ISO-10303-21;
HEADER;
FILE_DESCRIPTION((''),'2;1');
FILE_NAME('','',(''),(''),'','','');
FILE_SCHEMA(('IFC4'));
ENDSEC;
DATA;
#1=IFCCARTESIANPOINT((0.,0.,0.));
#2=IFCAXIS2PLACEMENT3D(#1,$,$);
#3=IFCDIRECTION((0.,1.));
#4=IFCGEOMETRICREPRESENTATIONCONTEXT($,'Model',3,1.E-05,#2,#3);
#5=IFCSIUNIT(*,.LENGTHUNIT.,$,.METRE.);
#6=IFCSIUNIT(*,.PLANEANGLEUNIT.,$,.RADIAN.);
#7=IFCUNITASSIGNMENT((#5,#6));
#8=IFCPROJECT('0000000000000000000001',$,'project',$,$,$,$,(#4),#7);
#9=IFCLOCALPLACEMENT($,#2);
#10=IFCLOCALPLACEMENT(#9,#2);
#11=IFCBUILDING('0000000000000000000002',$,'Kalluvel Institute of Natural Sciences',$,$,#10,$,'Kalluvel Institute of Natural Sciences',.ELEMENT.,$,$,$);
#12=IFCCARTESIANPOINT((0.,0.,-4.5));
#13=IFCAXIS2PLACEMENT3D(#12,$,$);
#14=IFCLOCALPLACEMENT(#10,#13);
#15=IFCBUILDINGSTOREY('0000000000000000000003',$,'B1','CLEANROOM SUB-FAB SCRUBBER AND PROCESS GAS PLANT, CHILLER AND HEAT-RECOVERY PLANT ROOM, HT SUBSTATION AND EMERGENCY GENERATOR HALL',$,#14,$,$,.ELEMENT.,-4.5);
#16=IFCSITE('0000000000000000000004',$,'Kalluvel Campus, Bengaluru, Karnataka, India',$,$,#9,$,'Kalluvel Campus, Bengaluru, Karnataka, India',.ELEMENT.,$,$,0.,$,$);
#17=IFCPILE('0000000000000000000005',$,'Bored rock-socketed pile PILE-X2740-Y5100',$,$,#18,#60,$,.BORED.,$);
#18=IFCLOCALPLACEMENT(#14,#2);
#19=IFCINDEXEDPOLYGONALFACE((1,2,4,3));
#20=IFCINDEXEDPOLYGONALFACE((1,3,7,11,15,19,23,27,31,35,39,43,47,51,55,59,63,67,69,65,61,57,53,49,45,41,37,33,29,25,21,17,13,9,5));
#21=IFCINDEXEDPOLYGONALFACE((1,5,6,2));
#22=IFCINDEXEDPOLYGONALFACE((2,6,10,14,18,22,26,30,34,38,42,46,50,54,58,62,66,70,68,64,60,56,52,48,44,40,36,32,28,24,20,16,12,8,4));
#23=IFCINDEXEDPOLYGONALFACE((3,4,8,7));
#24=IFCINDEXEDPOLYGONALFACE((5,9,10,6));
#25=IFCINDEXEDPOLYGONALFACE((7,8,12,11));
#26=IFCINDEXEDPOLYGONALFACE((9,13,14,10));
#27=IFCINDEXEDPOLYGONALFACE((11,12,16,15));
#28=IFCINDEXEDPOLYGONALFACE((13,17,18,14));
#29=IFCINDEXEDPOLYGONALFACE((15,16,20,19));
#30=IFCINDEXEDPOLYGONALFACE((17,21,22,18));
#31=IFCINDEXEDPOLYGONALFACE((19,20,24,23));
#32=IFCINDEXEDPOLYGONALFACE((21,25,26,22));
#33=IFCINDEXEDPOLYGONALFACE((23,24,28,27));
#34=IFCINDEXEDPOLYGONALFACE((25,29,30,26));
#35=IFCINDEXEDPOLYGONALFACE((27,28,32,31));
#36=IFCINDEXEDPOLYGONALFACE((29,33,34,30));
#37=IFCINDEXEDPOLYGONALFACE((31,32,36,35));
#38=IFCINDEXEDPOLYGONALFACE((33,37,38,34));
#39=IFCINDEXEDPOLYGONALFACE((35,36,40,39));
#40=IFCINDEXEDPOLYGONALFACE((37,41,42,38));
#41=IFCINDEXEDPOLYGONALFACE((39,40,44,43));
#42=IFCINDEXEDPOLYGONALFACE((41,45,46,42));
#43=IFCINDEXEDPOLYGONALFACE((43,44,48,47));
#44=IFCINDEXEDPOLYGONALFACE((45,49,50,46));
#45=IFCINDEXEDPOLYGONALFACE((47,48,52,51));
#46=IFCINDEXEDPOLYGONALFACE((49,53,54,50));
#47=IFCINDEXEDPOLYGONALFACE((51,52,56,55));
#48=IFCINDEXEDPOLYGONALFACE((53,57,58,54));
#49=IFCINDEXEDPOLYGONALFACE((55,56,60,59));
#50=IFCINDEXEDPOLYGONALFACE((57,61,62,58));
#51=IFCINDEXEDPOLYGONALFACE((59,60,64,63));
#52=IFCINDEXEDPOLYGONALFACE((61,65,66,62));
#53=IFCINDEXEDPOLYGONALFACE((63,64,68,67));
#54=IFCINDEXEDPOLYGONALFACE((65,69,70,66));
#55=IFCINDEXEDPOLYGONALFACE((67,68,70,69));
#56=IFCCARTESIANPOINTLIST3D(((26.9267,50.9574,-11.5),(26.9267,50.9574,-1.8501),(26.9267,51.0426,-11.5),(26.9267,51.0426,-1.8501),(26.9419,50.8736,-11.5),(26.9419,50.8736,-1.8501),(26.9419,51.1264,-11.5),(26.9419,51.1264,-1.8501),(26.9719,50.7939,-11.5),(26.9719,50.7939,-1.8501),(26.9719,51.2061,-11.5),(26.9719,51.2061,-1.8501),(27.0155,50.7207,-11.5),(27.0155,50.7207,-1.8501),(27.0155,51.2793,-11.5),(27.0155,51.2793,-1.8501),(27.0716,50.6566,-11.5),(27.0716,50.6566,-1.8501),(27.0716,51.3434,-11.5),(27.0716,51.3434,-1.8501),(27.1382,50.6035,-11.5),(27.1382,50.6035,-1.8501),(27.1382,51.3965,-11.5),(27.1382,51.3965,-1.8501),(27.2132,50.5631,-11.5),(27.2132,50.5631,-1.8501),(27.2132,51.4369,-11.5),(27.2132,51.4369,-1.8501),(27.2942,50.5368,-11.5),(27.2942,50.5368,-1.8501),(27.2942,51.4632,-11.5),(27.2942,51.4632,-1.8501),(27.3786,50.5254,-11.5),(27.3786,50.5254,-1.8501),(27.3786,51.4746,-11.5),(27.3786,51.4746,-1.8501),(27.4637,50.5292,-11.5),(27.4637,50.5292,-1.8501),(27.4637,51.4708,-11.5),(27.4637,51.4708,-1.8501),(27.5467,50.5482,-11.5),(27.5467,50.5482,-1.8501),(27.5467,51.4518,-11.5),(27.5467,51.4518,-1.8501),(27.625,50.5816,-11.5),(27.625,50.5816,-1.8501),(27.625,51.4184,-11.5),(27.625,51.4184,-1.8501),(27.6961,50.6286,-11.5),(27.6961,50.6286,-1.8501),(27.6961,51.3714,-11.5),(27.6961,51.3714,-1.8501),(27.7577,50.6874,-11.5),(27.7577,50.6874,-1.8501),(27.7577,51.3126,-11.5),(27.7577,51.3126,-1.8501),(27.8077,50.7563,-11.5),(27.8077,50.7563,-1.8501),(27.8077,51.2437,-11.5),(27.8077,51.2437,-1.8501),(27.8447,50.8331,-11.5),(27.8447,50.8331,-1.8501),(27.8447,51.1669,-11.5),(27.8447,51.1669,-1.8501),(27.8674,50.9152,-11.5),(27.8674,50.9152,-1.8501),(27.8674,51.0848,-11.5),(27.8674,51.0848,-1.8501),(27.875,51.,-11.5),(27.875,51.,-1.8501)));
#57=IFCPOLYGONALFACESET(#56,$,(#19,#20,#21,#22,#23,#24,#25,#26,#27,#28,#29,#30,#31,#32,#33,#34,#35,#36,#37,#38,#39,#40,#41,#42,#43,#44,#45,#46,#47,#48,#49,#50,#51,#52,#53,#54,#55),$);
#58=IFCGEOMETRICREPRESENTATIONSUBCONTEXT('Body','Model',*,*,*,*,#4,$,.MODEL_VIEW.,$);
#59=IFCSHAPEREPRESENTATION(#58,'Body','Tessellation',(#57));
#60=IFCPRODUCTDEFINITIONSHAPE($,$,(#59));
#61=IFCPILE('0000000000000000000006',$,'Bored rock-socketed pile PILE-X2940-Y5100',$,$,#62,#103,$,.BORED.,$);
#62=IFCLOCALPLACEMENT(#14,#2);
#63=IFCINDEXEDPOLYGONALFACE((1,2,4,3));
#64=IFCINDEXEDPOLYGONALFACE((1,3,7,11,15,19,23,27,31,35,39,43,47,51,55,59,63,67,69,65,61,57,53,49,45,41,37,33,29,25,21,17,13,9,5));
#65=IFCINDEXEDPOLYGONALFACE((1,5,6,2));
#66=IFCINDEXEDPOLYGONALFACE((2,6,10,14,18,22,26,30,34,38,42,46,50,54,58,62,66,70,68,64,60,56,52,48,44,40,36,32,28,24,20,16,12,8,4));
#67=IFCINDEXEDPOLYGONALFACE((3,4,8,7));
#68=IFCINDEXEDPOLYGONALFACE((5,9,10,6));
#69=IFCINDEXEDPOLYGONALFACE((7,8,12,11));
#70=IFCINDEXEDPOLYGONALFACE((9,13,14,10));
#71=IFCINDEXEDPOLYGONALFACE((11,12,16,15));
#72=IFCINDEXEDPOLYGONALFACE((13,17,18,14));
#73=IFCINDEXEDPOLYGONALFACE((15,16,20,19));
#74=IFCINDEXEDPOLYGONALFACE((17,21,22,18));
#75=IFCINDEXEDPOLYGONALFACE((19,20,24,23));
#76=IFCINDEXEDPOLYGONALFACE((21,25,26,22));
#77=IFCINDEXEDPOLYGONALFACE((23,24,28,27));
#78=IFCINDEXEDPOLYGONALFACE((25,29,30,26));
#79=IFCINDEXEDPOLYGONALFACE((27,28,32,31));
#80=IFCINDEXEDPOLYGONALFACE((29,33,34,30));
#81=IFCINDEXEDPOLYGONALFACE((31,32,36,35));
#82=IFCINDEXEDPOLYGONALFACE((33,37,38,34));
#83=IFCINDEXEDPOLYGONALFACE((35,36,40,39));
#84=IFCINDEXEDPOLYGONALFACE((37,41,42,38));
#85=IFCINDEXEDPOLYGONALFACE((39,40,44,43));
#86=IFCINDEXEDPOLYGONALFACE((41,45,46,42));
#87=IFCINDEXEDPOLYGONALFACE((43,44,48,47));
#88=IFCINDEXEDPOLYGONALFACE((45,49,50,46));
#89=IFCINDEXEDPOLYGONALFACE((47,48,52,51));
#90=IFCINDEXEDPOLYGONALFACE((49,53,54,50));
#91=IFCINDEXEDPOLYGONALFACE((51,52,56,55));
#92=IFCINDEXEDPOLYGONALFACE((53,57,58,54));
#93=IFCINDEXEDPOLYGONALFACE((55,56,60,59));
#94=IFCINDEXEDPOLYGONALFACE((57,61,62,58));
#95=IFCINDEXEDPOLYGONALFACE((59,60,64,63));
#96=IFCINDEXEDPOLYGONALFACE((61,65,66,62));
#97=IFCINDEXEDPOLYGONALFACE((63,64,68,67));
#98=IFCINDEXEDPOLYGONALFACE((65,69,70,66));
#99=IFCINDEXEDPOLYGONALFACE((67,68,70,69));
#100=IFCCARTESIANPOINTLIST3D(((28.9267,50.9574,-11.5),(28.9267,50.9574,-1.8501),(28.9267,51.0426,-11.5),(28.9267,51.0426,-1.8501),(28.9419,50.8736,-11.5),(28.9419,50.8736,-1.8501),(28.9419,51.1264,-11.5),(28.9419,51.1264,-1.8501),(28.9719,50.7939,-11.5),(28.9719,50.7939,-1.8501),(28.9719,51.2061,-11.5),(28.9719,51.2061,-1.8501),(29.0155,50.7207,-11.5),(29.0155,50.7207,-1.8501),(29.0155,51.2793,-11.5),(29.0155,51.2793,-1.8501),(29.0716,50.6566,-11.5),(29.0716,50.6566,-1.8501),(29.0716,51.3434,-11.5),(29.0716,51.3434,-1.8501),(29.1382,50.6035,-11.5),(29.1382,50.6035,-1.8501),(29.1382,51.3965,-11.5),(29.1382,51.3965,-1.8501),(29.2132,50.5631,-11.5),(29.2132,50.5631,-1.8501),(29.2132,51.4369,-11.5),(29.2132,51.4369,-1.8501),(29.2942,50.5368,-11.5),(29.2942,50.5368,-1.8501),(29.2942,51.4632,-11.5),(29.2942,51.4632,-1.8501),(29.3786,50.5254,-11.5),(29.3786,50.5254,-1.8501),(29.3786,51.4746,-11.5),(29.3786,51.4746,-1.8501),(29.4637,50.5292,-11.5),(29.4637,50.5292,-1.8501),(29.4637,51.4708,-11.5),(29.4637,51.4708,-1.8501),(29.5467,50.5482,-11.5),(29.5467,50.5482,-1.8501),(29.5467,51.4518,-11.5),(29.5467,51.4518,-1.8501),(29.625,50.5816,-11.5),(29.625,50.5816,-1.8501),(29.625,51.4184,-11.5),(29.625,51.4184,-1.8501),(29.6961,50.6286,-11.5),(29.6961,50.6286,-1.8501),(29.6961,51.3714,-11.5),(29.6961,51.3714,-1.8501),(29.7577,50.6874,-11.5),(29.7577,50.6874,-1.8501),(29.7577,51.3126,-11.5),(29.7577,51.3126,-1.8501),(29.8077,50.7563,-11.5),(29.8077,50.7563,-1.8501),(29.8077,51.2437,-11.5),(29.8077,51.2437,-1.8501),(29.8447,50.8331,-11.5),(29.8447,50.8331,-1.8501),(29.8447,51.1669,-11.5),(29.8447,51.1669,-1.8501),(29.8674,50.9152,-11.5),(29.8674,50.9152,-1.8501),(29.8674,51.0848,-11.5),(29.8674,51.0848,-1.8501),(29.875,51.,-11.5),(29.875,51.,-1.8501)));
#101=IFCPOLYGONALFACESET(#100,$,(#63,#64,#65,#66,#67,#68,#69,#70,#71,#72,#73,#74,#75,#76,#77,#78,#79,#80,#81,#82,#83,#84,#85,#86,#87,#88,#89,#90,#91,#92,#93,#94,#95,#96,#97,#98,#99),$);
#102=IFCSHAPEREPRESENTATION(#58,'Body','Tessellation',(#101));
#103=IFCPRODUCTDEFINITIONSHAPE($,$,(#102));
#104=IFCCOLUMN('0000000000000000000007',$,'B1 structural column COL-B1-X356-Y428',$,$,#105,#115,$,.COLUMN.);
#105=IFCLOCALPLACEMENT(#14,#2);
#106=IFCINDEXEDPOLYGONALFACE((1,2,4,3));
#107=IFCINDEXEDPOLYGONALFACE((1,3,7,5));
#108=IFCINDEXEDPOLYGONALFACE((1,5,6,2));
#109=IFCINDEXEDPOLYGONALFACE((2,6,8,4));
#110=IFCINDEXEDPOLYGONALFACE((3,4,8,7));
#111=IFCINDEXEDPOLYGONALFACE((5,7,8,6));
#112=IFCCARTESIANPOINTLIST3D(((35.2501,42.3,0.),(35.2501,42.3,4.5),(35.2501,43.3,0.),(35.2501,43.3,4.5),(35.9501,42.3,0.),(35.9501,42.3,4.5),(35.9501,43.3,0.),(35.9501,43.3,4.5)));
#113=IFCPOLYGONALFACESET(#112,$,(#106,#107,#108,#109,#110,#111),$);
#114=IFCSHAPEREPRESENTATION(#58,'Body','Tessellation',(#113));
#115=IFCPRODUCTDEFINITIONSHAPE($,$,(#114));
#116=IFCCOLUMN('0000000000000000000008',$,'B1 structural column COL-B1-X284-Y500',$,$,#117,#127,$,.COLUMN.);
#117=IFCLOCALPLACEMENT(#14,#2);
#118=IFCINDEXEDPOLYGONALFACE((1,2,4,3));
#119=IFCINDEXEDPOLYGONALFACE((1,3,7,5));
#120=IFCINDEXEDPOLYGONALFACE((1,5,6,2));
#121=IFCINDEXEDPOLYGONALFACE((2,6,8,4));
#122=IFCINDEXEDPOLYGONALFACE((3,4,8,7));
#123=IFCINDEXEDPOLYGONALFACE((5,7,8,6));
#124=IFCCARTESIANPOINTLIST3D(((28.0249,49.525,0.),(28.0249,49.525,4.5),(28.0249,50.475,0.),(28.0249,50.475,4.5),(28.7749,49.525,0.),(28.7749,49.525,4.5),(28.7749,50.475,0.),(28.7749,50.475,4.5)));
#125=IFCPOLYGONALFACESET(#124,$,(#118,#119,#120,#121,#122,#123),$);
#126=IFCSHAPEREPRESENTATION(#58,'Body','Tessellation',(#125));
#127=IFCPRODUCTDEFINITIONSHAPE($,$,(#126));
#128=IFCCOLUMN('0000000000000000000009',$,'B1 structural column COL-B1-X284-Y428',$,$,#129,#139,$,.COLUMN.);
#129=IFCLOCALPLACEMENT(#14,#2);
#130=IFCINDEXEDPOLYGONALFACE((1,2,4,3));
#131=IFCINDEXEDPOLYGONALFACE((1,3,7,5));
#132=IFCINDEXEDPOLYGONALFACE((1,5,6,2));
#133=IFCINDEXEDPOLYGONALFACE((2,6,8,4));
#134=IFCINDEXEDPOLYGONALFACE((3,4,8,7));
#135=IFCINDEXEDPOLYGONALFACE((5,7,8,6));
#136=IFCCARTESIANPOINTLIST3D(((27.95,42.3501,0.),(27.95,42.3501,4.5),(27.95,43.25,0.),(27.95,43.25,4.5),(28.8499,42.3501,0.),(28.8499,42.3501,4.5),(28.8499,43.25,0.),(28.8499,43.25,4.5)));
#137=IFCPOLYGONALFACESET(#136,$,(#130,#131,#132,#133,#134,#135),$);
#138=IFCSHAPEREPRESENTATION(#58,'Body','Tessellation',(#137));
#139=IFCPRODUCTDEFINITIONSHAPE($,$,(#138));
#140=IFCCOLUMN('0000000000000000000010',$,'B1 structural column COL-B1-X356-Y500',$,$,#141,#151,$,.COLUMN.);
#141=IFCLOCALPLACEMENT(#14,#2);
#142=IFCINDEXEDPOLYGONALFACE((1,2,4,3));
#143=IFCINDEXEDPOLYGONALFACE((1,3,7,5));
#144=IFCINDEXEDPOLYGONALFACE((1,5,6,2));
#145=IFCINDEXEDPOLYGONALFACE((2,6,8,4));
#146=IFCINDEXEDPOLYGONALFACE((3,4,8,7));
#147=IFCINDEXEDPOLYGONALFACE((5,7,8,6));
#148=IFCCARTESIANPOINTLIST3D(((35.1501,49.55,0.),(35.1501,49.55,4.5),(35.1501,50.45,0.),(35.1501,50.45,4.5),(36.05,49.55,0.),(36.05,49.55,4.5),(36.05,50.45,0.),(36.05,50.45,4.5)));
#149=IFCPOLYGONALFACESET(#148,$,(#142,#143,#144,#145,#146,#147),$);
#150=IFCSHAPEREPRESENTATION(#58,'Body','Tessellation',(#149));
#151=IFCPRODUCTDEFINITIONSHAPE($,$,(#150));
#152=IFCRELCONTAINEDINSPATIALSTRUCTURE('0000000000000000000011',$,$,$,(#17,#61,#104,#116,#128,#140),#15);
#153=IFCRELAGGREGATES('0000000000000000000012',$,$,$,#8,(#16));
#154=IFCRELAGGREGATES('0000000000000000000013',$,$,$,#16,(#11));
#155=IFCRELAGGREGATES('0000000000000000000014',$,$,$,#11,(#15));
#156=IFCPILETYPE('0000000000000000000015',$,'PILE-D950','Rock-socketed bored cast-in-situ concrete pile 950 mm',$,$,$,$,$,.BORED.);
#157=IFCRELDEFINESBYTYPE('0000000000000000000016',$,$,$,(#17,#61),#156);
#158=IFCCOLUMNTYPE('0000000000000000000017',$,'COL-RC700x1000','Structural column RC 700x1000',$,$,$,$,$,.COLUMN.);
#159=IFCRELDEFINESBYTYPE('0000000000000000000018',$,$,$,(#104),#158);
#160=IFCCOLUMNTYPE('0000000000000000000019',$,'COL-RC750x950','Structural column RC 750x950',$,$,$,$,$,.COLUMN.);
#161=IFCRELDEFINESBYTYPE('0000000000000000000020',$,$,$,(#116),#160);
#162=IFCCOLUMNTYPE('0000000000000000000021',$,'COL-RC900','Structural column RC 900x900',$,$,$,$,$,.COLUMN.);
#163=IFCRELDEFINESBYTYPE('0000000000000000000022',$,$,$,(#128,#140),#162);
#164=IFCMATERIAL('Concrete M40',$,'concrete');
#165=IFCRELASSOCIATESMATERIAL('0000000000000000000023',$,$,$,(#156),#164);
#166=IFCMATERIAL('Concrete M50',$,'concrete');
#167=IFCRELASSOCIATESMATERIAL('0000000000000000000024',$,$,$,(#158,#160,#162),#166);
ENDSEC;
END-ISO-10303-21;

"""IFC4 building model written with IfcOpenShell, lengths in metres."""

from ifc_helpers import new_model, si_unit, direction, frame, origin, origin_2d, place, context, subcontext, project, spatial, rectangle, circle, extrude, material, material_profile, profile_set, type_object, element, save


model = new_model("IFC4")

# Units and contexts
model_context = context("Model", 3, precision=1e-05, world=origin(), true_north=direction((0.0, 1.0)))
body_context = subcontext(model_context, "Body", "Model", "MODEL_VIEW")
ifc_project = project(units=[si_unit("LENGTHUNIT", "METRE"), si_unit("PLANEANGLEUNIT", "RADIAN")], contexts=[model_context])

# Site, building, storey
site_placement = place(None, origin())
site = spatial("IfcSite", under=ifc_project, at=site_placement, Name="Kalluvel Campus, Bengaluru, Karnataka, India", LongName="Kalluvel Campus, Bengaluru, Karnataka, India", CompositionType="ELEMENT", RefElevation=0.0)
building_placement = place(site_placement, origin())
building = spatial("IfcBuilding", under=site, at=building_placement, Name="Kalluvel Institute of Natural Sciences", LongName="Kalluvel Institute of Natural Sciences", CompositionType="ELEMENT")
storey_placement = place(building_placement, frame((0.0, 0.0, -4.5)))
storey = spatial("IfcBuildingStorey", under=building, at=storey_placement, Name="B1", Description="CLEANROOM SUB-FAB SCRUBBER AND PROCESS GAS PLANT, CHILLER AND HEAT-RECOVERY PLANT ROOM, HT SUBSTATION AND EMERGENCY GENERATOR HALL", CompositionType="ELEMENT", Elevation=-4.5)

# Shared definitions
ifc_material_1 = material(Name="Concrete M40", Category="concrete")

# Piles
ifc_material_profile_1 = material_profile(ifc_material_1, circle(Radius=0.4751, at=origin_2d()), Name="PILE D950")
ifc_profile_set_1 = profile_set([ifc_material_profile_1], Name="Concrete M40")
pile_type_1 = type_object("IfcPileType", Name="PILE-D950", Description="Rock-socketed bored cast-in-situ concrete pile 950 mm", PredefinedType="BORED", material=ifc_profile_set_1)
for number, where, z_axis, x_axis, name in (
    (1, (27.3999, 51.0, -1.8501), (0.0, 0.0, -1.0), (1.0, 0.0, 0.0), "Bored rock-socketed pile PILE-X2740-Y5100"),
    (2, (29.3999, 51.0, -1.8501), (0.0, 0.0, -1.0), (1.0, 0.0, 0.0), "Bored rock-socketed pile PILE-X2940-Y5100"),
):
    element("IfcPile", number, at=place(storey_placement, frame(where, z_axis=z_axis, x_axis=x_axis)), inside=storey, type_object=pile_type_1, Name=name, PredefinedType="BORED", context=body_context, shape_type="SweptSolid", body=[
        extrude(circle(Radius=0.4751, at=origin_2d()), origin(), (0.0, 0.0, 1.0), 9.6499),
    ])

# Columns
ifc_material_2 = material(Name="Concrete M50", Category="concrete")
ifc_material_profile_2 = material_profile(ifc_material_2, rectangle(XDim=0.7, YDim=1.0, at=origin_2d()), Name="RC 700x1000")
ifc_profile_set_2 = profile_set([ifc_material_profile_2], Name="Concrete M50")
column_type_1 = type_object("IfcColumnType", Name="COL-RC700x1000", Description="Structural column RC 700x1000", PredefinedType="COLUMN", material=ifc_profile_set_2)
column_1_placement = place(storey_placement, frame((35.6001, 42.8, 0.0), z_axis=(0.0, 0.0, 1.0), x_axis=(1.0, 0.0, 0.0)))
element("IfcColumn", 3, at=column_1_placement, inside=storey, type_object=column_type_1, Name="B1 structural column COL-B1-X356-Y428", PredefinedType="COLUMN", context=body_context, shape_type="SweptSolid", body=[
    extrude(rectangle(XDim=0.7, YDim=1.0, at=origin_2d()), origin(), (0.0, 0.0, 1.0), 4.5),
])
ifc_material_profile_3 = material_profile(ifc_material_2, rectangle(XDim=0.75, YDim=0.95, at=origin_2d()), Name="RC 750x950")
ifc_profile_set_3 = profile_set([ifc_material_profile_3], Name="Concrete M50")
column_type_2 = type_object("IfcColumnType", Name="COL-RC750x950", Description="Structural column RC 750x950", PredefinedType="COLUMN", material=ifc_profile_set_3)
column_2_placement = place(storey_placement, frame((28.3999, 50.0, 0.0), z_axis=(0.0, 0.0, 1.0), x_axis=(1.0, 0.0, 0.0)))
element("IfcColumn", 4, at=column_2_placement, inside=storey, type_object=column_type_2, Name="B1 structural column COL-B1-X284-Y500", PredefinedType="COLUMN", context=body_context, shape_type="SweptSolid", body=[
    extrude(rectangle(XDim=0.75, YDim=0.95, at=origin_2d()), origin(), (0.0, 0.0, 1.0), 4.5),
])
ifc_material_profile_4 = material_profile(ifc_material_2, rectangle(XDim=0.8999, YDim=0.8999, at=origin_2d()), Name="RC 900x900")
ifc_profile_set_4 = profile_set([ifc_material_profile_4], Name="Concrete M50")
column_type_3 = type_object("IfcColumnType", Name="COL-RC900", Description="Structural column RC 900x900", PredefinedType="COLUMN", material=ifc_profile_set_4)
for number, where, z_axis, x_axis, name in (
    (5, (28.3999, 42.8, 0.0), (0.0, 0.0, 1.0), (1.0, 0.0, 0.0), "B1 structural column COL-B1-X284-Y428"),
    (6, (35.6001, 50.0, 0.0), (0.0, 0.0, 1.0), (1.0, 0.0, 0.0), "B1 structural column COL-B1-X356-Y500"),
):
    element("IfcColumn", number, at=place(storey_placement, frame(where, z_axis=z_axis, x_axis=x_axis)), inside=storey, type_object=column_type_3, Name=name, PredefinedType="COLUMN", context=body_context, shape_type="SweptSolid", body=[
        extrude(rectangle(XDim=0.8999, YDim=0.8999, at=origin_2d()), origin(), (0.0, 0.0, 1.0), 4.5),
    ])

save(model, "model.ifc")
